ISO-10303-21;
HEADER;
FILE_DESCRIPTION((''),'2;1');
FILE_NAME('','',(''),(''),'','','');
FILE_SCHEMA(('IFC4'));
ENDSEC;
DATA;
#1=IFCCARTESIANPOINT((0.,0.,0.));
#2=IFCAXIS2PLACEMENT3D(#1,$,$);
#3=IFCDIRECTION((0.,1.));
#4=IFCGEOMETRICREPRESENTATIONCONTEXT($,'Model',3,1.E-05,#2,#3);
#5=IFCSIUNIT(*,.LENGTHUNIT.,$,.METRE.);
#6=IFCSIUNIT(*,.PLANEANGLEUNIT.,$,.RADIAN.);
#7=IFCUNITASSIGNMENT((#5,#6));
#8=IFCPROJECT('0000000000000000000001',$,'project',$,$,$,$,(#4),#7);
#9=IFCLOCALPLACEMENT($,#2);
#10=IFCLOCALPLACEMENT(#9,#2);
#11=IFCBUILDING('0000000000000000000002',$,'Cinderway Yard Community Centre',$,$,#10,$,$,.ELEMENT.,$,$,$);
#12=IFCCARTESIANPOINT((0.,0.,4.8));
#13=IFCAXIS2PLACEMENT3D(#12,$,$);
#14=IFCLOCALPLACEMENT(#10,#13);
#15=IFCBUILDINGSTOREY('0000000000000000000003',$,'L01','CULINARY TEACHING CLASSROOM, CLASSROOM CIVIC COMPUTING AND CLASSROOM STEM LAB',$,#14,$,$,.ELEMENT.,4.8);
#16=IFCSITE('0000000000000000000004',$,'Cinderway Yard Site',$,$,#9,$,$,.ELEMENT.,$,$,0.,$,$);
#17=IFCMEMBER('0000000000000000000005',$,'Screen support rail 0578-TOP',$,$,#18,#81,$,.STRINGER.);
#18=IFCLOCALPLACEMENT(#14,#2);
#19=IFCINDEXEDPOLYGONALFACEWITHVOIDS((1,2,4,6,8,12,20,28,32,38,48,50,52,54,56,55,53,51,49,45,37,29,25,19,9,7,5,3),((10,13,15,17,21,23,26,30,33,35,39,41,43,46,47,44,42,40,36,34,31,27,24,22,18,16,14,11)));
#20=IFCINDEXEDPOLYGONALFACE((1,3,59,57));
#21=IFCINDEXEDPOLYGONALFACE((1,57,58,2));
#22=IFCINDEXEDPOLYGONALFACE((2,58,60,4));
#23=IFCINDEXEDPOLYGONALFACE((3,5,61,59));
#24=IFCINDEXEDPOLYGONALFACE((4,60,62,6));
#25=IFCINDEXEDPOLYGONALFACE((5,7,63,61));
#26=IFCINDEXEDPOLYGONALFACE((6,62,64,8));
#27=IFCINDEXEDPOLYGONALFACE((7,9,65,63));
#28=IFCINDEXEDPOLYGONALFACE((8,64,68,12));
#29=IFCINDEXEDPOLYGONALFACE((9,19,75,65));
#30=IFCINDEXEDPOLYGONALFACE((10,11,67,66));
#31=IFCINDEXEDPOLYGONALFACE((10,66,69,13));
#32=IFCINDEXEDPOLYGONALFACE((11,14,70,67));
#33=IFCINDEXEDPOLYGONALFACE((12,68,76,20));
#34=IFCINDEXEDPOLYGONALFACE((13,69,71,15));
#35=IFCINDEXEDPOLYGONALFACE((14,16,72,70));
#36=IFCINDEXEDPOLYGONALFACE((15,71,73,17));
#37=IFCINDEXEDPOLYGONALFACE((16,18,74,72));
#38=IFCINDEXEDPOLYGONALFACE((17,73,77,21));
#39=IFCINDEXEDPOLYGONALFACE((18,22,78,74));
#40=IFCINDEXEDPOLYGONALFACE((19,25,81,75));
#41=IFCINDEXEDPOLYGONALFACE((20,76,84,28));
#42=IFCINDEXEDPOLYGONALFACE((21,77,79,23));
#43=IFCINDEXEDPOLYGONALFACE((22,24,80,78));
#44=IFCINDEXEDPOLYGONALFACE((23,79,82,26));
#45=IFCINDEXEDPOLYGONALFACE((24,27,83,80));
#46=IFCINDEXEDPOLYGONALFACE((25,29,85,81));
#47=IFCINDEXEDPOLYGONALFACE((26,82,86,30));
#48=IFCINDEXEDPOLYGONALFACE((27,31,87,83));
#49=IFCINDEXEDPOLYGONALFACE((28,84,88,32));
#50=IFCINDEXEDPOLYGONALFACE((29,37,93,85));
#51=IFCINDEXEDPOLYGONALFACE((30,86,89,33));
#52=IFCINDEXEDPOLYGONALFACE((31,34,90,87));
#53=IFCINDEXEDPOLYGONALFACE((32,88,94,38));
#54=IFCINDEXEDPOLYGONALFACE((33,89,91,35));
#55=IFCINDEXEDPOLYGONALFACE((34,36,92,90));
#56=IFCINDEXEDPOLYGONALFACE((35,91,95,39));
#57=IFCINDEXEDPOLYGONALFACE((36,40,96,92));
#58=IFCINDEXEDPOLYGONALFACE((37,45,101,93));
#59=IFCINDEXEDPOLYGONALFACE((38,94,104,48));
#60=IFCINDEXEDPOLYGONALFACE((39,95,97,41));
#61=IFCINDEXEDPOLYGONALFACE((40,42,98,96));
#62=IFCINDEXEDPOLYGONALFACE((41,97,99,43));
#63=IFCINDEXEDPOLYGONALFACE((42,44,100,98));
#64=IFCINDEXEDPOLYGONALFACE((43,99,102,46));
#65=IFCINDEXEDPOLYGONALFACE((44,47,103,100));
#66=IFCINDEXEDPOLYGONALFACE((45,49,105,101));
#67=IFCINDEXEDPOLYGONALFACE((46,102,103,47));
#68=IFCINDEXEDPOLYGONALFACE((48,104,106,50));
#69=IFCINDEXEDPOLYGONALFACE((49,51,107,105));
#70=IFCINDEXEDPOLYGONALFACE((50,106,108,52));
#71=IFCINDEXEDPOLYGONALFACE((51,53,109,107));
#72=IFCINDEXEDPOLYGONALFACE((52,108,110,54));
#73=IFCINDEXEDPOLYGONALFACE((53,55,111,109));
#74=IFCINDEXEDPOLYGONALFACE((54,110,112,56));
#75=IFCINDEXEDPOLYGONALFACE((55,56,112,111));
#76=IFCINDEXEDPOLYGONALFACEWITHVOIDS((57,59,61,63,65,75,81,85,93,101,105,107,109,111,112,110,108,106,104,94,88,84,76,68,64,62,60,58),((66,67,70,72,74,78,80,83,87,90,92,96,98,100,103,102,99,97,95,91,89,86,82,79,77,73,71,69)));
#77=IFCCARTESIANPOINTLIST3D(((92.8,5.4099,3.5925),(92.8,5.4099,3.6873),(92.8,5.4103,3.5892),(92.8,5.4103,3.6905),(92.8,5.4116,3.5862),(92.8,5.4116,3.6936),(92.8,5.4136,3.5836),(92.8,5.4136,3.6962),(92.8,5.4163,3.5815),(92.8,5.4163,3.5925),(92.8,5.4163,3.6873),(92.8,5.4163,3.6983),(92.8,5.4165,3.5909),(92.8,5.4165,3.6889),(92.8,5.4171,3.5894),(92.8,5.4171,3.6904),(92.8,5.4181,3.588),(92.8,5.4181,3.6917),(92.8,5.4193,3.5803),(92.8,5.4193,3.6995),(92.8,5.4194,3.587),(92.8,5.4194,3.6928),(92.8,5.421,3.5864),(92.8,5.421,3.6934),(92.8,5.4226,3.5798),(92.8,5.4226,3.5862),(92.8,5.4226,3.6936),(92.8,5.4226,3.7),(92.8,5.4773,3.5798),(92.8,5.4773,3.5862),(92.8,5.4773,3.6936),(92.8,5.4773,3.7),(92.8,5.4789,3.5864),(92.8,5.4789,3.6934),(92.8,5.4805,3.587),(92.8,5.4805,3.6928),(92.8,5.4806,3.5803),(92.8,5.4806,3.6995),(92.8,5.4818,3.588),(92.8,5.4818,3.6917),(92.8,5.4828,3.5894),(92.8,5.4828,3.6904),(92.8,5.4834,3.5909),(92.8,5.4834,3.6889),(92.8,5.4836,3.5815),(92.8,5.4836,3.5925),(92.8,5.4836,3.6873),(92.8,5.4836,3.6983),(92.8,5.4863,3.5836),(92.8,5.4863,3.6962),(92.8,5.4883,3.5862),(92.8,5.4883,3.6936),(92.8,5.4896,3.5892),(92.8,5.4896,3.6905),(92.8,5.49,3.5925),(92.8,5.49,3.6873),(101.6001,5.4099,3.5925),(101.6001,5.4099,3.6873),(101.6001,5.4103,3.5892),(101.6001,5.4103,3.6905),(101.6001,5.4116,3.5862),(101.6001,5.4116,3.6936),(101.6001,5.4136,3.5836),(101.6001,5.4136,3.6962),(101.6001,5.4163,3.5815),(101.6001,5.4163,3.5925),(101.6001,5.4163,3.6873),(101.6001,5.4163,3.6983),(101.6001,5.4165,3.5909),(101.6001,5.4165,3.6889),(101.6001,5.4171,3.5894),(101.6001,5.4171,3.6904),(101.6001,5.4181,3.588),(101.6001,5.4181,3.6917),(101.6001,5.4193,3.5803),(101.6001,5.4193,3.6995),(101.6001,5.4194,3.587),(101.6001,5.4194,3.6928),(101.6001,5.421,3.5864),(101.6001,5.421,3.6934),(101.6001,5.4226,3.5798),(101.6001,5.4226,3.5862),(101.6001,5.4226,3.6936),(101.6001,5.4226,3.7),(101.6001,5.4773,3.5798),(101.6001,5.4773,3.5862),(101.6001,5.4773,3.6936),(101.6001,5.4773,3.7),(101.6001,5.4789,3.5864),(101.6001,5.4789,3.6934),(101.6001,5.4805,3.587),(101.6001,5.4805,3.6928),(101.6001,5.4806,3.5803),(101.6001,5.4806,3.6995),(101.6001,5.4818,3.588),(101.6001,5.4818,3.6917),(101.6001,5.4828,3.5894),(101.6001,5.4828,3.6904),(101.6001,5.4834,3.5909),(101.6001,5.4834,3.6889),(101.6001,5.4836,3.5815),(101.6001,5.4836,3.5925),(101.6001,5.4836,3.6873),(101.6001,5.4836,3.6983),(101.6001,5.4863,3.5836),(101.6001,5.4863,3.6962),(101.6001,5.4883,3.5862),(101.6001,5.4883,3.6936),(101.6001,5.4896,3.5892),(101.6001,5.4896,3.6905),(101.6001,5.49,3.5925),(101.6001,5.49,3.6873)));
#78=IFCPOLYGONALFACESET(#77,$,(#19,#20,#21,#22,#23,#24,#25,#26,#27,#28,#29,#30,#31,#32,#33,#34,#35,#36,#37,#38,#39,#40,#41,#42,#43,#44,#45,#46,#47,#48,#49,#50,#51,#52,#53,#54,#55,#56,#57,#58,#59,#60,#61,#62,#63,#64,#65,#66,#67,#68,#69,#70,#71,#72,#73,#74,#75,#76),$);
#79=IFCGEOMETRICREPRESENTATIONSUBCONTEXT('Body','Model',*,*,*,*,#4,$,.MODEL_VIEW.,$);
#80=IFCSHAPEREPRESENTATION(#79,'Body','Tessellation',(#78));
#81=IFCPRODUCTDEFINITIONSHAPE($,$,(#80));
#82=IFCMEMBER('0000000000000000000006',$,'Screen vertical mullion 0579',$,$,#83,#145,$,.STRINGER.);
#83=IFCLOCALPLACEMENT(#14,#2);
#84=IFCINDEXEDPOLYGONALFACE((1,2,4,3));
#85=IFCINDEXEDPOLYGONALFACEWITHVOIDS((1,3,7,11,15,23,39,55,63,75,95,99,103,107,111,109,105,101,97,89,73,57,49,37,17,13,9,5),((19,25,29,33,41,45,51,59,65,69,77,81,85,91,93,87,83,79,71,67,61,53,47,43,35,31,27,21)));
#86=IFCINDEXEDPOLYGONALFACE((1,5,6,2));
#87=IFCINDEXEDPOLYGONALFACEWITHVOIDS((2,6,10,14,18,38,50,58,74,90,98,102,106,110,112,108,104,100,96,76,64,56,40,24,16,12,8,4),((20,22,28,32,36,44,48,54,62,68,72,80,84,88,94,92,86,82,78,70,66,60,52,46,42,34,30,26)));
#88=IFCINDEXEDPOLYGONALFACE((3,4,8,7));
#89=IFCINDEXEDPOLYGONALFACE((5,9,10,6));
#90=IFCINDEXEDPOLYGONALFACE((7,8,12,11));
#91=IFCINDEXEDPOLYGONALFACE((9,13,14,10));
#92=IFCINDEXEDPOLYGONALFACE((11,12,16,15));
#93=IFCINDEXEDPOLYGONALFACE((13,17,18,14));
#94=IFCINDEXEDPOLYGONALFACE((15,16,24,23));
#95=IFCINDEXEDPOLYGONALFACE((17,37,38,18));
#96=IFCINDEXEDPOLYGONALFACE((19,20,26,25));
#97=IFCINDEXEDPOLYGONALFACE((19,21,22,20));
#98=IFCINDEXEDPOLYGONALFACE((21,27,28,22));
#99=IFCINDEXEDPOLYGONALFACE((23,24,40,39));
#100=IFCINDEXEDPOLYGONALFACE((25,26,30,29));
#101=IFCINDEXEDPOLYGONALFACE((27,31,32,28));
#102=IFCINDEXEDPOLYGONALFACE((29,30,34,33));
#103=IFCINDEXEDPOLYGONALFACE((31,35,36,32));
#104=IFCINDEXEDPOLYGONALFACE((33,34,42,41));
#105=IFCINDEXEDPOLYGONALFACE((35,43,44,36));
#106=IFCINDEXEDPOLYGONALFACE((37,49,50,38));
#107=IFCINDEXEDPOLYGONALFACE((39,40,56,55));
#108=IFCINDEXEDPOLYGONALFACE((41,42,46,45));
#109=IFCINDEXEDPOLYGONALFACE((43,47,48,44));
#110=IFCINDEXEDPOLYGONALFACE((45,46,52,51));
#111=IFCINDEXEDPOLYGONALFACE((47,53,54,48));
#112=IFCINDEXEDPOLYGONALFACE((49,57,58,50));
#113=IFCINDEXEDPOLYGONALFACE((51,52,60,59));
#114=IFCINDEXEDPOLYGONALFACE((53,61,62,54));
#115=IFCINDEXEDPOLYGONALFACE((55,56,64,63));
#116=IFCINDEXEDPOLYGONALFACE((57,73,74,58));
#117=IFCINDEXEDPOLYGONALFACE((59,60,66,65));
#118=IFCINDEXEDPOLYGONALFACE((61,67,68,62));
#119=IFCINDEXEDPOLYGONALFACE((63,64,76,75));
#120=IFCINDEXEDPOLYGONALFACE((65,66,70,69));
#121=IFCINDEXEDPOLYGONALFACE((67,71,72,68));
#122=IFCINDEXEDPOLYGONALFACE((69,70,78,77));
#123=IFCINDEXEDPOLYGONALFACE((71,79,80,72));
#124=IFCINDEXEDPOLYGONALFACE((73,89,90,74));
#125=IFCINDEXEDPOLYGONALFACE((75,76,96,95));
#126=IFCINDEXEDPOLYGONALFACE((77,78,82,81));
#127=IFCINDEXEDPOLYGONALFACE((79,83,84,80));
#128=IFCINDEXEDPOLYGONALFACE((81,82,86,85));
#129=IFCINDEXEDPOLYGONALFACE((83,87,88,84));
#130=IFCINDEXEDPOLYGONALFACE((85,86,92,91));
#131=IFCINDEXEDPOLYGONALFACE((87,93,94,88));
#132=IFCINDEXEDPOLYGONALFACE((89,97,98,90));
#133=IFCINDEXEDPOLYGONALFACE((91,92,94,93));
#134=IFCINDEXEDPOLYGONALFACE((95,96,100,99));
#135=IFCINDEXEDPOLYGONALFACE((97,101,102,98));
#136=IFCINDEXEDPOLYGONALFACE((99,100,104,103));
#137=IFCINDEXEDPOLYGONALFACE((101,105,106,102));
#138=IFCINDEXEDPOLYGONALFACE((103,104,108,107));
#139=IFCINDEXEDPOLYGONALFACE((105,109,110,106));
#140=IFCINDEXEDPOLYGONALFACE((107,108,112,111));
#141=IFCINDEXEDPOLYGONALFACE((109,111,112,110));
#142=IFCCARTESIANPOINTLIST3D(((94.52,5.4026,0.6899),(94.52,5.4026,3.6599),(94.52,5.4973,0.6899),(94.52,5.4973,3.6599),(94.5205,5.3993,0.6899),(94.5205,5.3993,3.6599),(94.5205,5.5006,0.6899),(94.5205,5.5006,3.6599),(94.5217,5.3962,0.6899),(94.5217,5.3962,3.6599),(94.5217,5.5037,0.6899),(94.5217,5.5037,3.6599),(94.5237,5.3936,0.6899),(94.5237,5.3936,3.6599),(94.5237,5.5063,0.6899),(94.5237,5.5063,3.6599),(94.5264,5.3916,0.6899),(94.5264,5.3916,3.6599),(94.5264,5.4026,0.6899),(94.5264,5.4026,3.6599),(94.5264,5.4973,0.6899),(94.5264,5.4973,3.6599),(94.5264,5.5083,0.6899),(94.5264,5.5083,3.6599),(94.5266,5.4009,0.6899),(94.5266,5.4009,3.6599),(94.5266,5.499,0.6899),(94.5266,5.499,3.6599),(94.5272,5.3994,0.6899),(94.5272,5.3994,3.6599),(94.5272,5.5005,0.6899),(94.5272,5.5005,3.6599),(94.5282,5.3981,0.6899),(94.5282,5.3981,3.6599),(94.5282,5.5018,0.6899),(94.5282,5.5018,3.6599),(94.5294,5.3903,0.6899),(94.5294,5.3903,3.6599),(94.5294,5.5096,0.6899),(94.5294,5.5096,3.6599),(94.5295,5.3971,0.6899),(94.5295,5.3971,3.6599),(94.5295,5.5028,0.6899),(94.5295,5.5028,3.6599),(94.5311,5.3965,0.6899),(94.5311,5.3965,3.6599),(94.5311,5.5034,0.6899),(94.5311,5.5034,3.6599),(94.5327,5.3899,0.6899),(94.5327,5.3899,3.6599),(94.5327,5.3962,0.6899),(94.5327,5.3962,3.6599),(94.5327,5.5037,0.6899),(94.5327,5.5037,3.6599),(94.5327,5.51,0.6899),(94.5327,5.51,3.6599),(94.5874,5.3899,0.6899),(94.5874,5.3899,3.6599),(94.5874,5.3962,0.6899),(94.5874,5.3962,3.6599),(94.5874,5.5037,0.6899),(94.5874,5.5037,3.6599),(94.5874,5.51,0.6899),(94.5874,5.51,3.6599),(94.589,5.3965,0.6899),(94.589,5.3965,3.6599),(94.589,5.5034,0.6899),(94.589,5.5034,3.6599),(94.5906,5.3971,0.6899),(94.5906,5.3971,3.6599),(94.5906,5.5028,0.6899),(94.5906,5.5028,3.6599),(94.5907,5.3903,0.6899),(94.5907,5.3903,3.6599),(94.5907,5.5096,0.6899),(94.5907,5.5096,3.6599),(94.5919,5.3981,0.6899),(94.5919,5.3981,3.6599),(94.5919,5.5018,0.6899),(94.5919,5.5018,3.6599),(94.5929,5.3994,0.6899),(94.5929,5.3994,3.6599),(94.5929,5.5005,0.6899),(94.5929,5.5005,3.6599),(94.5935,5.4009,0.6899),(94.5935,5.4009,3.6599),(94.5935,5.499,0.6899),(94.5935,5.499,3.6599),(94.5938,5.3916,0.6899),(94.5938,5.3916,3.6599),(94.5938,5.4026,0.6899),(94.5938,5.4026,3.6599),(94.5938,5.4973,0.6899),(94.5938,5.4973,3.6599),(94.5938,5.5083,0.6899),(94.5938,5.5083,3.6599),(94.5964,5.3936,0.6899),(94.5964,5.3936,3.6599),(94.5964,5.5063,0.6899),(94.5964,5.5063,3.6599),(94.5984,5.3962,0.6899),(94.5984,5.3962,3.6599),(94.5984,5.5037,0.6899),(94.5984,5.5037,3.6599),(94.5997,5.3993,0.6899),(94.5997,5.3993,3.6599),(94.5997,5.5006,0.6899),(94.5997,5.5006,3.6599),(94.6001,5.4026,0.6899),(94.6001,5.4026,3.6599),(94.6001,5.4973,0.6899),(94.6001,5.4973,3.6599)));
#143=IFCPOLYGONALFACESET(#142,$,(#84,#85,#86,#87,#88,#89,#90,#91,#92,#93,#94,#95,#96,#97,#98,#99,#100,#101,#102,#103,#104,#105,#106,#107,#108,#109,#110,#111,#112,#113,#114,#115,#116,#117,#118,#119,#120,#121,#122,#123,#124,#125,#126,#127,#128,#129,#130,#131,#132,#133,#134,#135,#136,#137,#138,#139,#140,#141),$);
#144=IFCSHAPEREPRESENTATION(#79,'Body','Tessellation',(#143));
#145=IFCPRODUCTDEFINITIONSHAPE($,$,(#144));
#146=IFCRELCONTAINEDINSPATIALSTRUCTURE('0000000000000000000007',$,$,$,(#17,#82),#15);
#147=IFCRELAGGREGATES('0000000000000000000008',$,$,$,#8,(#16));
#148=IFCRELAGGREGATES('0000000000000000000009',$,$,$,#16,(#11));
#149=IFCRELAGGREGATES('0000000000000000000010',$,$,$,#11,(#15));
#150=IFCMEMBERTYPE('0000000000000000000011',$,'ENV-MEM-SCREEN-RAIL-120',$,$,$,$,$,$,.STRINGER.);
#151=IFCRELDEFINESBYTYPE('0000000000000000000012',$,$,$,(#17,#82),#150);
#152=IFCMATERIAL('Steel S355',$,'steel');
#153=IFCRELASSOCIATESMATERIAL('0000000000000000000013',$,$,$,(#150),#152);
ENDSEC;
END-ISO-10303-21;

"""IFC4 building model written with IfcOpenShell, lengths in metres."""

from ifc_helpers import new_model, si_unit, direction, frame, origin, origin_2d, place, context, subcontext, project, spatial, hollow_rectangle, extrude, material, material_profile, profile_set, type_object, element, save


model = new_model("IFC4")

# Units and contexts
model_context = context("Model", 3, precision=1e-05, world=origin(), true_north=direction((0.0, 1.0)))
body_context = subcontext(model_context, "Body", "Model", "MODEL_VIEW")
ifc_project = project(units=[si_unit("LENGTHUNIT", "METRE"), si_unit("PLANEANGLEUNIT", "RADIAN")], contexts=[model_context])

# Site, building, storey
site_placement = place(None, origin())
site = spatial("IfcSite", under=ifc_project, at=site_placement, Name="Cinderway Yard Site", CompositionType="ELEMENT", RefElevation=0.0)
building_placement = place(site_placement, origin())
building = spatial("IfcBuilding", under=site, at=building_placement, Name="Cinderway Yard Community Centre", CompositionType="ELEMENT")
storey_placement = place(building_placement, frame((0.0, 0.0, 4.8)))
storey = spatial("IfcBuildingStorey", under=building, at=storey_placement, Name="L01", Description="CULINARY TEACHING CLASSROOM, CLASSROOM CIVIC COMPUTING AND CLASSROOM STEM LAB", CompositionType="ELEMENT", Elevation=4.8)

# Members
ifc_material_1 = material(Name="Steel S355", Category="steel")
ifc_material_profile = material_profile(ifc_material_1, hollow_rectangle(XDim=0.0801, YDim=0.1201, WallThickness=0.0063, InnerFilletRadius=0.0063, OuterFilletRadius=0.0127, at=origin_2d()), Name="Steel S355")
ifc_profile_set = profile_set([ifc_material_profile], Name="Steel S355")
member_type = type_object("IfcMemberType", Name="ENV-MEM-SCREEN-RAIL-120", PredefinedType="STRINGER", material=ifc_profile_set)
for number, where, z_axis, x_axis, name in (
    (1, (92.8, 5.45, 3.6399), (1.0, 0.0, 0.0), (0.0, 1.0, 0.0), "Screen support rail 0578-TOP"),
):
    element("IfcMember", number, at=place(storey_placement, frame(where, z_axis=z_axis, x_axis=x_axis)), inside=storey, type_object=member_type, Name=name, PredefinedType="STRINGER", context=body_context, shape_type="SweptSolid", body=[
        extrude(hollow_rectangle(XDim=0.0801, YDim=0.1201, WallThickness=0.0063, InnerFilletRadius=0.0063, OuterFilletRadius=0.0127, at=origin_2d()), origin(), (0.0, 0.0, 1.0), 8.8),
    ])
for number, where, z_axis, x_axis, name in (
    (2, (94.5601, 5.45, 0.6899), (0.0, 0.0, 1.0), (1.0, 0.0, 0.0), "Screen vertical mullion 0579"),
):
    element("IfcMember", number, at=place(storey_placement, frame(where, z_axis=z_axis, x_axis=x_axis)), inside=storey, type_object=member_type, Name=name, PredefinedType="STRINGER", context=body_context, shape_type="SweptSolid", body=[
        extrude(hollow_rectangle(XDim=0.0801, YDim=0.1201, WallThickness=0.0063, InnerFilletRadius=0.0063, OuterFilletRadius=0.0127, at=origin_2d()), origin(), (0.0, 0.0, 1.0), 2.97),
    ])

save(model, "model.ifc")
